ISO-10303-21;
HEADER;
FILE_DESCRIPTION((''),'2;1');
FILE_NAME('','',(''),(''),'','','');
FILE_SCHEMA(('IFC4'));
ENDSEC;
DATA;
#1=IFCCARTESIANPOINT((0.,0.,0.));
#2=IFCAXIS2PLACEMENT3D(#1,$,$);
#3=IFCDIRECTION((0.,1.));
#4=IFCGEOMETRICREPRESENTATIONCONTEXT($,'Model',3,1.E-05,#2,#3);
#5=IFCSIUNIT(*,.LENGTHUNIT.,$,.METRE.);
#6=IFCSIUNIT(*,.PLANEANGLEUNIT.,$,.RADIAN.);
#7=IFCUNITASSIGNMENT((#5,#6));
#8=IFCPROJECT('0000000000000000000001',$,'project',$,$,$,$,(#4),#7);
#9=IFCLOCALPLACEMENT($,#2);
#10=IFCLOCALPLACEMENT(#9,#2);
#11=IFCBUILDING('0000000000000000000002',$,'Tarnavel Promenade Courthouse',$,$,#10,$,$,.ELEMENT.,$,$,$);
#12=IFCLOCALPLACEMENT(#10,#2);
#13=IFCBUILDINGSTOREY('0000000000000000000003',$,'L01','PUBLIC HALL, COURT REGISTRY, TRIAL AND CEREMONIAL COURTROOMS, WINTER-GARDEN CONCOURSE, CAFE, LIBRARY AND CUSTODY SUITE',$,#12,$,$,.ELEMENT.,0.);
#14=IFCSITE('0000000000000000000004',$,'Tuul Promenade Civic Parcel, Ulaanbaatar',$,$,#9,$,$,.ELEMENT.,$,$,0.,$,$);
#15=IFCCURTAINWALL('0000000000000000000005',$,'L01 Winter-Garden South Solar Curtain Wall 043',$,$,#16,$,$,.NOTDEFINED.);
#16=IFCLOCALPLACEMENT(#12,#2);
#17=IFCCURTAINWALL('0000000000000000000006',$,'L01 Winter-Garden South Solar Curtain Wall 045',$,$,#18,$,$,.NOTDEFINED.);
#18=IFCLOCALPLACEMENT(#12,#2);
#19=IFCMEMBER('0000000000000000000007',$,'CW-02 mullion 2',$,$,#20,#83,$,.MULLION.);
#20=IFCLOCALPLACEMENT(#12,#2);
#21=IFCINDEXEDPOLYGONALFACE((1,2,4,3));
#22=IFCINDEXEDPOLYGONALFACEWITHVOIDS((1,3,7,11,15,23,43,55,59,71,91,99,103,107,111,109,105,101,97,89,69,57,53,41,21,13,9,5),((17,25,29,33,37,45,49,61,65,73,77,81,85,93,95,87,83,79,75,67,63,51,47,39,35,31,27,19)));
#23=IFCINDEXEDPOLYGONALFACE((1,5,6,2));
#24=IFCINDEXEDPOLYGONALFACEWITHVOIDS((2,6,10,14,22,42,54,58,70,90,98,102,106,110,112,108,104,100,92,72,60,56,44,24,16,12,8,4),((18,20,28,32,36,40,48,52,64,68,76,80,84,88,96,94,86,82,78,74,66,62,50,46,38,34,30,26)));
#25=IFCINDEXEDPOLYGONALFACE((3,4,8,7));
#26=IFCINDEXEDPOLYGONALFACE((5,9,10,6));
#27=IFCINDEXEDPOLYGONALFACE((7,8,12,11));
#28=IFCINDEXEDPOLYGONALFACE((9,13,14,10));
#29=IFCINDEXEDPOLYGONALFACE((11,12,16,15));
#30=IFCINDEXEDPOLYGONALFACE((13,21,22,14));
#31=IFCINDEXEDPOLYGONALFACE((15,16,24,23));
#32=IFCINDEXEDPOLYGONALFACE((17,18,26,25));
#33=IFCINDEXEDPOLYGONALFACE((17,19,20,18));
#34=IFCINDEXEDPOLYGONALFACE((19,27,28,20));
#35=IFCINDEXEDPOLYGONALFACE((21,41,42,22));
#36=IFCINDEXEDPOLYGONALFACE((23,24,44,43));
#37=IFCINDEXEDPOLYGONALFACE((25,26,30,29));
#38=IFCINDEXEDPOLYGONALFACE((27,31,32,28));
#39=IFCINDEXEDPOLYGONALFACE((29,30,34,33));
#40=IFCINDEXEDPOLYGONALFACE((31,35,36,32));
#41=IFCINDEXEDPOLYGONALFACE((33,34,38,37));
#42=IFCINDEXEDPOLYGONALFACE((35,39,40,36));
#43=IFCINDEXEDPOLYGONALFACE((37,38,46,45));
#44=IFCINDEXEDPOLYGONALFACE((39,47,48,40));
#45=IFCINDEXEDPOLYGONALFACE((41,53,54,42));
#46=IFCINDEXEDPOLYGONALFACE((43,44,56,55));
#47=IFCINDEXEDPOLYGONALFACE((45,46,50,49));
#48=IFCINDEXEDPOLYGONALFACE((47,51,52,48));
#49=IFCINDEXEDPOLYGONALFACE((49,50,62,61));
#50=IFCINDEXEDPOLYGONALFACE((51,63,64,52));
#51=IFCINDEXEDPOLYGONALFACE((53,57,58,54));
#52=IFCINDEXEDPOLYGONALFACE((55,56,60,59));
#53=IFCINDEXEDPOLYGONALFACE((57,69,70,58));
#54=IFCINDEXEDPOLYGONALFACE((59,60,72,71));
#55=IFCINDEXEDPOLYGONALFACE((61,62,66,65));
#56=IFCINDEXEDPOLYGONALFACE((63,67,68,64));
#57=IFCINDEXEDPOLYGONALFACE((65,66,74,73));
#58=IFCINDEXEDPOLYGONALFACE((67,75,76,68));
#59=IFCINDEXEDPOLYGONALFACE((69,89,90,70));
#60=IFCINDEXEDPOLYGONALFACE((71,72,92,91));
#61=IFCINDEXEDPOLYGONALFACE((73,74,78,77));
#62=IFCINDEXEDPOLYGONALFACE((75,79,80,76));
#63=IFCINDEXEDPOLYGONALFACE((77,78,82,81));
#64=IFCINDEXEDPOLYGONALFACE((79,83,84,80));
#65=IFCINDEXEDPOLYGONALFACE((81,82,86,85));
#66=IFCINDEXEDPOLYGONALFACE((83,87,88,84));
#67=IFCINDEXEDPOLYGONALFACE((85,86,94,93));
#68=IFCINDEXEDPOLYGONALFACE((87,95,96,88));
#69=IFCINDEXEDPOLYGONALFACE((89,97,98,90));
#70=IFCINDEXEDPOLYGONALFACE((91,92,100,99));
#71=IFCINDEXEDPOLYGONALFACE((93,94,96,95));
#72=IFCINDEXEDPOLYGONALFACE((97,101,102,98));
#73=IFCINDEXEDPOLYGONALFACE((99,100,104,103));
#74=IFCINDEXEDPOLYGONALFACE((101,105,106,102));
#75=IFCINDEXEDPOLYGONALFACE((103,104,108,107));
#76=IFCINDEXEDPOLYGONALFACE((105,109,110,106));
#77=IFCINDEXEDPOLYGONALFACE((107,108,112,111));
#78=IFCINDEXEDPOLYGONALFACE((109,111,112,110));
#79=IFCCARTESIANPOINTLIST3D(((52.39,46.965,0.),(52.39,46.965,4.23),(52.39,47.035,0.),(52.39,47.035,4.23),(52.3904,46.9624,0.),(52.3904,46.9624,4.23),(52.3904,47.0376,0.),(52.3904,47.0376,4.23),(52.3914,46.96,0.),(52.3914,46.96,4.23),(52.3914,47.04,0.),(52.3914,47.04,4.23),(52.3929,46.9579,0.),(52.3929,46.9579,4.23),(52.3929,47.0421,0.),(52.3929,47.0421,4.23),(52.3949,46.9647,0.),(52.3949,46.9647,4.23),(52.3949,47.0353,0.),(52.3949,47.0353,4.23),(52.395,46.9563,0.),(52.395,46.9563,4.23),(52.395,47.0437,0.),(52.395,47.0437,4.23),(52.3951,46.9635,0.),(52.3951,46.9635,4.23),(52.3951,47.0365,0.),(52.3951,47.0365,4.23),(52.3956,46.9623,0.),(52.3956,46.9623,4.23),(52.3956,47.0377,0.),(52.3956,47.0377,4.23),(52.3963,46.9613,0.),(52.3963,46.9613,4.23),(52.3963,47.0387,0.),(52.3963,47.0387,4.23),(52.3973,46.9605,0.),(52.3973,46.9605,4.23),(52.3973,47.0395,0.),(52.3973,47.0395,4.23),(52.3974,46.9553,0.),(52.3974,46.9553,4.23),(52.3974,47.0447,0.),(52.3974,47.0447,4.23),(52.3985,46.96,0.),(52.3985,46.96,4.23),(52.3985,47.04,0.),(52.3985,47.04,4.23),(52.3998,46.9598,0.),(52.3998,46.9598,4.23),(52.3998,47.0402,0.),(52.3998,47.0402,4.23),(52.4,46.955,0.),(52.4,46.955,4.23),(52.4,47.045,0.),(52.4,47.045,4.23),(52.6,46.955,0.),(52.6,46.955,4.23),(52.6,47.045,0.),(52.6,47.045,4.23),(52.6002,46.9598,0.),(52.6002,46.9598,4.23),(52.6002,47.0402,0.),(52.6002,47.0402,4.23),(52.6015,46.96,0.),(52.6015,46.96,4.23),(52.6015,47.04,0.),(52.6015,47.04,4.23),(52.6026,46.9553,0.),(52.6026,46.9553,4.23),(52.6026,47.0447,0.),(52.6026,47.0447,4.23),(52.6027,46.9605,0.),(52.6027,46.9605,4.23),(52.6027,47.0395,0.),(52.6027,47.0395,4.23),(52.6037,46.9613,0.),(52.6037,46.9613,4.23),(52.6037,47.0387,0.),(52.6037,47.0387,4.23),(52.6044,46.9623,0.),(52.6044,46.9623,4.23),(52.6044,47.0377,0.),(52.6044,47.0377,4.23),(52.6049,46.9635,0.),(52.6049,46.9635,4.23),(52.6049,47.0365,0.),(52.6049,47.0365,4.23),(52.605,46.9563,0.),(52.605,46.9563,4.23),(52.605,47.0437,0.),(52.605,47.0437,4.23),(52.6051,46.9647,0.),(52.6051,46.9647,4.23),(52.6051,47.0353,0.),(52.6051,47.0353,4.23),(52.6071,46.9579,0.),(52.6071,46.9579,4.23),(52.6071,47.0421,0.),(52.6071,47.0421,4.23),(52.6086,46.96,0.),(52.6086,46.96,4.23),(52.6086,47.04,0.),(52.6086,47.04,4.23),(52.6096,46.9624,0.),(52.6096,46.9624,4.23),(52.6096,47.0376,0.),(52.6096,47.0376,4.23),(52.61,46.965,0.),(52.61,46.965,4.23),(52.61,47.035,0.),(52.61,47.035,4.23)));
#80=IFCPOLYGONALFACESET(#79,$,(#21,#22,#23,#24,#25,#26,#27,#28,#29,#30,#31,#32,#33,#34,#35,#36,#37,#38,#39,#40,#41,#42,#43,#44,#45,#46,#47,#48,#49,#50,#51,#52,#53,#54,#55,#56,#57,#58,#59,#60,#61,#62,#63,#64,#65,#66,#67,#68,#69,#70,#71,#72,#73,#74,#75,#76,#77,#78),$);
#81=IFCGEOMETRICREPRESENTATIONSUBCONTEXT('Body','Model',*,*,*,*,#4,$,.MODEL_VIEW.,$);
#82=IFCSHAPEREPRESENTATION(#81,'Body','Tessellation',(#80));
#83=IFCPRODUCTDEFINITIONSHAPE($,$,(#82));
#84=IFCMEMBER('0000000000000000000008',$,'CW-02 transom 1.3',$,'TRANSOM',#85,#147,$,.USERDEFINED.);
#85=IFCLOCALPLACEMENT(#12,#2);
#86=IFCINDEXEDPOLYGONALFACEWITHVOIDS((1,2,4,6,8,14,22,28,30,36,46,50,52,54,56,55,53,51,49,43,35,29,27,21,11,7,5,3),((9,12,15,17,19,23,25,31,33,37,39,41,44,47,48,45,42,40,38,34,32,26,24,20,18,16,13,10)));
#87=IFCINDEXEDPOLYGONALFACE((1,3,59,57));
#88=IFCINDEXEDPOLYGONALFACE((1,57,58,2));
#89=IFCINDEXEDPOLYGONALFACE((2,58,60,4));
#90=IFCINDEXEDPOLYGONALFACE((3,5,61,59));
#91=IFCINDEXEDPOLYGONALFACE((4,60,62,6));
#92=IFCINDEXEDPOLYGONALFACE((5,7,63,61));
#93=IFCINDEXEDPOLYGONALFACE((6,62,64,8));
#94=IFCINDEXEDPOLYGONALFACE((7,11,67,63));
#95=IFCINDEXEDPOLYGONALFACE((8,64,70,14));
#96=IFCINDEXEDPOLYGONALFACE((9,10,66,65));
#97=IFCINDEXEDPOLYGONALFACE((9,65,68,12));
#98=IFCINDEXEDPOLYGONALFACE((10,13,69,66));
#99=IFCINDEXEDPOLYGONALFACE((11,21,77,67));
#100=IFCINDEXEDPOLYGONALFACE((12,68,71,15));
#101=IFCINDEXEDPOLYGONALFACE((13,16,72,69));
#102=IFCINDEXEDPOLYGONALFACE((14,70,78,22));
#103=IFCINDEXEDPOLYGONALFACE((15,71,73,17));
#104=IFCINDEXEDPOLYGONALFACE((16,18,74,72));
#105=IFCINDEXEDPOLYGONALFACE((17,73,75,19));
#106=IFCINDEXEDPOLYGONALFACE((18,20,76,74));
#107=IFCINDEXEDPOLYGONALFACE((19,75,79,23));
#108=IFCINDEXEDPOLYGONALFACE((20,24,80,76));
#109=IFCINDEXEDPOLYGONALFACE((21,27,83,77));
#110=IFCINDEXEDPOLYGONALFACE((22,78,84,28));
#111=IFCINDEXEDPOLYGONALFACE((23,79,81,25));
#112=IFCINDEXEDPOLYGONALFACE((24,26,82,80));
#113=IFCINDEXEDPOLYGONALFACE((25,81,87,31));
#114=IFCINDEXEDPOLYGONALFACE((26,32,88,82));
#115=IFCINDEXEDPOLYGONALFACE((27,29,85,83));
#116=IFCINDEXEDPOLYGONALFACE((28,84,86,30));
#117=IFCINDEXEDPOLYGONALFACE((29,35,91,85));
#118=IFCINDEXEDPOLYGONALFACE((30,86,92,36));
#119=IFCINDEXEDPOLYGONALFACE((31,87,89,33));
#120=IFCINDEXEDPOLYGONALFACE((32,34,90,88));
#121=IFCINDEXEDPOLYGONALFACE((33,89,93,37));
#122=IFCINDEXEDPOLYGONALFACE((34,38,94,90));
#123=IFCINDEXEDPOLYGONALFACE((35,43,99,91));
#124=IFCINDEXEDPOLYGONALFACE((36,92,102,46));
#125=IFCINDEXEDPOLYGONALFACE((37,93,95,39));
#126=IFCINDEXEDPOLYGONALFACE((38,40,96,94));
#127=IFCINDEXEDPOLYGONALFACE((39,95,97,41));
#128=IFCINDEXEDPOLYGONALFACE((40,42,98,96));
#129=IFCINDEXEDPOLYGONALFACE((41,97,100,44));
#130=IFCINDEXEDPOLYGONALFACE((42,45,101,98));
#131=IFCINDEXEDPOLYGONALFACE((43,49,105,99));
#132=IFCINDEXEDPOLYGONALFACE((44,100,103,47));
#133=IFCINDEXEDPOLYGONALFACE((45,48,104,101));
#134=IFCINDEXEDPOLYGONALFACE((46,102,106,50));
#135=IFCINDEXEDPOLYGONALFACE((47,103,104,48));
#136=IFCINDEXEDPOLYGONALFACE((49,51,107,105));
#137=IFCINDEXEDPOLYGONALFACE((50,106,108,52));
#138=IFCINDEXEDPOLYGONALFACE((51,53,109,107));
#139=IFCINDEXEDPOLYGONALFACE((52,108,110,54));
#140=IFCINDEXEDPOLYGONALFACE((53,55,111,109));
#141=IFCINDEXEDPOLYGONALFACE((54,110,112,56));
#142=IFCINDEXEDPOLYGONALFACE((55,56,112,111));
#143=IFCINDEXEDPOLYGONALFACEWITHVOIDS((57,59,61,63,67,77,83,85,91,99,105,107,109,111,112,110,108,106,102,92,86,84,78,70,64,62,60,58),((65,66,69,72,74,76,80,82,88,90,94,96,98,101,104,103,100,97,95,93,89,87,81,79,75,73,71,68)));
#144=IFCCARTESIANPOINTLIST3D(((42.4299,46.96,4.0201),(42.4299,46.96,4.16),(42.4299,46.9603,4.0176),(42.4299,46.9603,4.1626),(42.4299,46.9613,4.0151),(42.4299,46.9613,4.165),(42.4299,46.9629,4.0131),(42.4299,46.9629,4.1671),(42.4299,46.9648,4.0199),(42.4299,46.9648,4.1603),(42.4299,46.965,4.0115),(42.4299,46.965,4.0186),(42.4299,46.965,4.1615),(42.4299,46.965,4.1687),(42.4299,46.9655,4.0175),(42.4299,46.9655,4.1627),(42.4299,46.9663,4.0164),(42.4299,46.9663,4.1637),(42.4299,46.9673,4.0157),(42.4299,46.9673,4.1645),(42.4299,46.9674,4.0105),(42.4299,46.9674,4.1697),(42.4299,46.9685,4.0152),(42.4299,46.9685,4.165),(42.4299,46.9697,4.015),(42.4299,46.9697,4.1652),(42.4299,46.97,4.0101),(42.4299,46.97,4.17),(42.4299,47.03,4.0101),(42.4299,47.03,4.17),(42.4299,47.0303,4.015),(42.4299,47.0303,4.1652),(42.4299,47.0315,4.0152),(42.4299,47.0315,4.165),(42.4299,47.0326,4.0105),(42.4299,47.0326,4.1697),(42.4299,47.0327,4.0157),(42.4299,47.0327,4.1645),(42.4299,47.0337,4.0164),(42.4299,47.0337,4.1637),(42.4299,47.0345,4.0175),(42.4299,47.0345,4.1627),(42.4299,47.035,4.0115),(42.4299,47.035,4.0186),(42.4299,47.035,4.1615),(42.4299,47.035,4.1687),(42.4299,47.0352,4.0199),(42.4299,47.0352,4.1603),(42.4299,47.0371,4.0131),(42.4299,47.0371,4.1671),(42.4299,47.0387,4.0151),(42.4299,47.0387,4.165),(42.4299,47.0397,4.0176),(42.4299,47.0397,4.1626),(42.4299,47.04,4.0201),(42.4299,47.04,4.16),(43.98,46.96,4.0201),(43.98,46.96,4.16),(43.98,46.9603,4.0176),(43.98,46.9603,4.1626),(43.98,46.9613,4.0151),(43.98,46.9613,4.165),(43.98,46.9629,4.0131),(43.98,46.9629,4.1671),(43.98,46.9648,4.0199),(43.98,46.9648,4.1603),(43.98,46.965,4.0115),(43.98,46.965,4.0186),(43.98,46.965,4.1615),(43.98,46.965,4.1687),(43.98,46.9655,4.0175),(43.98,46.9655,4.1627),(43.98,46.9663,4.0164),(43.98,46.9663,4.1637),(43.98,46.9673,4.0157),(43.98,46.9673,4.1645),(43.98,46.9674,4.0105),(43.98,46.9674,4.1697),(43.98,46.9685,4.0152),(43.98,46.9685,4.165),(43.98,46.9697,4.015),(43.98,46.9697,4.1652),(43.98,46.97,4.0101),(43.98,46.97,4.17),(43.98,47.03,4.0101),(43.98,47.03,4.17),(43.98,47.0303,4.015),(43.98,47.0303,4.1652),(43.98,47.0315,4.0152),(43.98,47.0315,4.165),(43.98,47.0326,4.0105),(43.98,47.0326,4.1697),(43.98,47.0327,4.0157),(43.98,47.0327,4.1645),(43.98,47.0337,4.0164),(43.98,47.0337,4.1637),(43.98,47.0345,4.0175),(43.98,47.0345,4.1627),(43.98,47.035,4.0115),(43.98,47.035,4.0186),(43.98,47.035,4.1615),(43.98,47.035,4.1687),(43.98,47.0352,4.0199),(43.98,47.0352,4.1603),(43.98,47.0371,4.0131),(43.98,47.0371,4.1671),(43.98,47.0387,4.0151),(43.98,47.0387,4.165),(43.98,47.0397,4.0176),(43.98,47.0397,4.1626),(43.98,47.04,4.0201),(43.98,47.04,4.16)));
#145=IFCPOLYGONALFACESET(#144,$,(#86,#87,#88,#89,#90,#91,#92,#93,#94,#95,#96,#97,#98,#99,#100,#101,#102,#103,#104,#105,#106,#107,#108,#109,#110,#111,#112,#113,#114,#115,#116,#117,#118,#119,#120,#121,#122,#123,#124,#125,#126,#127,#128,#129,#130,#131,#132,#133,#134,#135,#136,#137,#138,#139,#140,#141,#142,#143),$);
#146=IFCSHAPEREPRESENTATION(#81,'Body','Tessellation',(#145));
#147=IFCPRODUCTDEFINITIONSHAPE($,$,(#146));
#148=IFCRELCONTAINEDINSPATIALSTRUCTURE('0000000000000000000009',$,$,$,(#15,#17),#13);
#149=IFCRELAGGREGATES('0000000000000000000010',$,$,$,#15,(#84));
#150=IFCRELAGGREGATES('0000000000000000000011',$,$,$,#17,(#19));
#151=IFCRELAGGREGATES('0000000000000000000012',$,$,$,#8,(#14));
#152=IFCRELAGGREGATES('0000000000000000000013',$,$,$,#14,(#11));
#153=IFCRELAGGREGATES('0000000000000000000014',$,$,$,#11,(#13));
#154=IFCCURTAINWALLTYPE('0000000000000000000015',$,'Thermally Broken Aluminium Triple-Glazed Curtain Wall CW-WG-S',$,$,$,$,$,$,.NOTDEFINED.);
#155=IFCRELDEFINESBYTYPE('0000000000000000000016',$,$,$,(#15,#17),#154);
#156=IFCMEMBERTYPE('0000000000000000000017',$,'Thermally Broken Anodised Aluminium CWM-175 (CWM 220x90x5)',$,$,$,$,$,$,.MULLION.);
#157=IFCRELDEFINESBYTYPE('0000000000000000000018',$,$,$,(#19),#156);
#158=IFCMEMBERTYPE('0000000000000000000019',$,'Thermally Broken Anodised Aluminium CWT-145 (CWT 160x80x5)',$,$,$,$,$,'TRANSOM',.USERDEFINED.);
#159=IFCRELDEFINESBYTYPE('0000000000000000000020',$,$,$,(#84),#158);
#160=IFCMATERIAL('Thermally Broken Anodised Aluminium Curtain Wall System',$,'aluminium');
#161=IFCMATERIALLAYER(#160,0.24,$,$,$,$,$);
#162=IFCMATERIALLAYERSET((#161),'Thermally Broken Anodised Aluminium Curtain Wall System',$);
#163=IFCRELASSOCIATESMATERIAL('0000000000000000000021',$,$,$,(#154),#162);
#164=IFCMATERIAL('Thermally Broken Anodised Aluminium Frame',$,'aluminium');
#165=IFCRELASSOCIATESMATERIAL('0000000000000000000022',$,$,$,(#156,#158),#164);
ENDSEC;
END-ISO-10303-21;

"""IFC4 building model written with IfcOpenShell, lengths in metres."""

from ifc_helpers import new_model, si_unit, direction, frame, origin, origin_2d, place, context, subcontext, project, spatial, hollow_rectangle, extrude, material, layer, layer_set, material_profile, profile_set, type_object, element, aggregate, save


model = new_model("IFC4")

# Units and contexts
model_context = context("Model", 3, precision=1e-05, world=origin(), true_north=direction((0.0, 1.0)))
body_context = subcontext(model_context, "Body", "Model", "MODEL_VIEW")
ifc_project = project(units=[si_unit("LENGTHUNIT", "METRE"), si_unit("PLANEANGLEUNIT", "RADIAN")], contexts=[model_context])

# Site, building, storey
site_placement = place(None, origin())
site = spatial("IfcSite", under=ifc_project, at=site_placement, Name="Tuul Promenade Civic Parcel, Ulaanbaatar", CompositionType="ELEMENT", RefElevation=0.0)
building_placement = place(site_placement, origin())
building = spatial("IfcBuilding", under=site, at=building_placement, Name="Tarnavel Promenade Courthouse", CompositionType="ELEMENT")
storey_placement = place(building_placement, origin())
storey = spatial("IfcBuildingStorey", under=building, at=storey_placement, Name="L01", Description="PUBLIC HALL, COURT REGISTRY, TRIAL AND CEREMONIAL COURTROOMS, WINTER-GARDEN CONCOURSE, CAFE, LIBRARY AND CUSTODY SUITE", CompositionType="ELEMENT", Elevation=0.0)

# Curtain walls, member
ifc_material_1 = material(Name="Thermally Broken Anodised Aluminium Curtain Wall System", Category="aluminium")
ifc_layer_1 = layer(ifc_material_1, 0.24)
ifc_layer_set_1 = layer_set([ifc_layer_1], Name="Thermally Broken Anodised Aluminium Curtain Wall System")
curtain_wall_type = type_object("IfcCurtainWallType", Name="Thermally Broken Aluminium Triple-Glazed Curtain Wall CW-WG-S", PredefinedType="NOTDEFINED", material=ifc_layer_set_1)
curtain_wall_1_placement = place(storey_placement, origin())
curtain_wall_1 = element("IfcCurtainWall", 1, at=curtain_wall_1_placement, inside=storey, type_object=curtain_wall_type, Name="L01 Winter-Garden South Solar Curtain Wall 043", PredefinedType="NOTDEFINED")
ifc_material_2 = material(Name="Thermally Broken Anodised Aluminium Frame", Category="aluminium")
ifc_material_profile_1 = material_profile(ifc_material_2, hollow_rectangle(XDim=0.0901, YDim=0.22, WallThickness=0.0049, InnerFilletRadius=0.0049, OuterFilletRadius=0.01, at=origin_2d()), Name="CWM 220x90x5")
ifc_profile_set_1 = profile_set([ifc_material_profile_1], Name="Thermally Broken Anodised Aluminium Frame")
member_type_1 = type_object("IfcMemberType", Name="Thermally Broken Anodised Aluminium CWM-175 (CWM 220x90x5)", PredefinedType="MULLION", material=ifc_profile_set_1)
curtain_wall_2_placement = place(storey_placement, origin())
curtain_wall_2 = element("IfcCurtainWall", 2, at=curtain_wall_2_placement, inside=storey, type_object=curtain_wall_type, Name="L01 Winter-Garden South Solar Curtain Wall 045", PredefinedType="NOTDEFINED")
member_1_placement = place(storey_placement, frame((52.5, 47.0, 0.0), z_axis=(0.0, 0.0, 1.0), x_axis=(0.0, 1.0, 0.0)))
member_1 = element("IfcMember", 3, at=member_1_placement, type_object=member_type_1, Name="CW-02 mullion 2", PredefinedType="MULLION", context=body_context, shape_type="SweptSolid", body=[
    extrude(hollow_rectangle(XDim=0.0901, YDim=0.22, WallThickness=0.0049, InnerFilletRadius=0.0049, OuterFilletRadius=0.01, at=origin_2d()), origin(), (0.0, 0.0, 1.0), 4.23),
])

# Member
ifc_material_profile_2 = material_profile(ifc_material_2, hollow_rectangle(XDim=0.0801, YDim=0.1599, WallThickness=0.0049, InnerFilletRadius=0.0049, OuterFilletRadius=0.01, at=origin_2d()), Name="CWT 160x80x5")
ifc_profile_set_2 = profile_set([ifc_material_profile_2], Name="Thermally Broken Anodised Aluminium Frame")
member_type_2 = type_object("IfcMemberType", Name="Thermally Broken Anodised Aluminium CWT-145 (CWT 160x80x5)", ElementType="TRANSOM", PredefinedType="USERDEFINED", material=ifc_profile_set_2)
member_2_placement = place(storey_placement, frame((42.4299, 47.0, 4.0901), z_axis=(1.0, 0.0, 0.0), x_axis=(0.0, 1.0, 0.0)))
member_2 = element("IfcMember", 4, at=member_2_placement, type_object=member_type_2, Name="CW-02 transom 1.3", ObjectType="TRANSOM", PredefinedType="USERDEFINED", context=body_context, shape_type="SweptSolid", body=[
    extrude(hollow_rectangle(XDim=0.0801, YDim=0.1599, WallThickness=0.0049, InnerFilletRadius=0.0049, OuterFilletRadius=0.01, at=origin_2d()), origin(), (0.0, 0.0, 1.0), 1.55),
])

aggregate(curtain_wall_1, [member_2])
aggregate(curtain_wall_2, [member_1])

save(model, "model.ifc")
